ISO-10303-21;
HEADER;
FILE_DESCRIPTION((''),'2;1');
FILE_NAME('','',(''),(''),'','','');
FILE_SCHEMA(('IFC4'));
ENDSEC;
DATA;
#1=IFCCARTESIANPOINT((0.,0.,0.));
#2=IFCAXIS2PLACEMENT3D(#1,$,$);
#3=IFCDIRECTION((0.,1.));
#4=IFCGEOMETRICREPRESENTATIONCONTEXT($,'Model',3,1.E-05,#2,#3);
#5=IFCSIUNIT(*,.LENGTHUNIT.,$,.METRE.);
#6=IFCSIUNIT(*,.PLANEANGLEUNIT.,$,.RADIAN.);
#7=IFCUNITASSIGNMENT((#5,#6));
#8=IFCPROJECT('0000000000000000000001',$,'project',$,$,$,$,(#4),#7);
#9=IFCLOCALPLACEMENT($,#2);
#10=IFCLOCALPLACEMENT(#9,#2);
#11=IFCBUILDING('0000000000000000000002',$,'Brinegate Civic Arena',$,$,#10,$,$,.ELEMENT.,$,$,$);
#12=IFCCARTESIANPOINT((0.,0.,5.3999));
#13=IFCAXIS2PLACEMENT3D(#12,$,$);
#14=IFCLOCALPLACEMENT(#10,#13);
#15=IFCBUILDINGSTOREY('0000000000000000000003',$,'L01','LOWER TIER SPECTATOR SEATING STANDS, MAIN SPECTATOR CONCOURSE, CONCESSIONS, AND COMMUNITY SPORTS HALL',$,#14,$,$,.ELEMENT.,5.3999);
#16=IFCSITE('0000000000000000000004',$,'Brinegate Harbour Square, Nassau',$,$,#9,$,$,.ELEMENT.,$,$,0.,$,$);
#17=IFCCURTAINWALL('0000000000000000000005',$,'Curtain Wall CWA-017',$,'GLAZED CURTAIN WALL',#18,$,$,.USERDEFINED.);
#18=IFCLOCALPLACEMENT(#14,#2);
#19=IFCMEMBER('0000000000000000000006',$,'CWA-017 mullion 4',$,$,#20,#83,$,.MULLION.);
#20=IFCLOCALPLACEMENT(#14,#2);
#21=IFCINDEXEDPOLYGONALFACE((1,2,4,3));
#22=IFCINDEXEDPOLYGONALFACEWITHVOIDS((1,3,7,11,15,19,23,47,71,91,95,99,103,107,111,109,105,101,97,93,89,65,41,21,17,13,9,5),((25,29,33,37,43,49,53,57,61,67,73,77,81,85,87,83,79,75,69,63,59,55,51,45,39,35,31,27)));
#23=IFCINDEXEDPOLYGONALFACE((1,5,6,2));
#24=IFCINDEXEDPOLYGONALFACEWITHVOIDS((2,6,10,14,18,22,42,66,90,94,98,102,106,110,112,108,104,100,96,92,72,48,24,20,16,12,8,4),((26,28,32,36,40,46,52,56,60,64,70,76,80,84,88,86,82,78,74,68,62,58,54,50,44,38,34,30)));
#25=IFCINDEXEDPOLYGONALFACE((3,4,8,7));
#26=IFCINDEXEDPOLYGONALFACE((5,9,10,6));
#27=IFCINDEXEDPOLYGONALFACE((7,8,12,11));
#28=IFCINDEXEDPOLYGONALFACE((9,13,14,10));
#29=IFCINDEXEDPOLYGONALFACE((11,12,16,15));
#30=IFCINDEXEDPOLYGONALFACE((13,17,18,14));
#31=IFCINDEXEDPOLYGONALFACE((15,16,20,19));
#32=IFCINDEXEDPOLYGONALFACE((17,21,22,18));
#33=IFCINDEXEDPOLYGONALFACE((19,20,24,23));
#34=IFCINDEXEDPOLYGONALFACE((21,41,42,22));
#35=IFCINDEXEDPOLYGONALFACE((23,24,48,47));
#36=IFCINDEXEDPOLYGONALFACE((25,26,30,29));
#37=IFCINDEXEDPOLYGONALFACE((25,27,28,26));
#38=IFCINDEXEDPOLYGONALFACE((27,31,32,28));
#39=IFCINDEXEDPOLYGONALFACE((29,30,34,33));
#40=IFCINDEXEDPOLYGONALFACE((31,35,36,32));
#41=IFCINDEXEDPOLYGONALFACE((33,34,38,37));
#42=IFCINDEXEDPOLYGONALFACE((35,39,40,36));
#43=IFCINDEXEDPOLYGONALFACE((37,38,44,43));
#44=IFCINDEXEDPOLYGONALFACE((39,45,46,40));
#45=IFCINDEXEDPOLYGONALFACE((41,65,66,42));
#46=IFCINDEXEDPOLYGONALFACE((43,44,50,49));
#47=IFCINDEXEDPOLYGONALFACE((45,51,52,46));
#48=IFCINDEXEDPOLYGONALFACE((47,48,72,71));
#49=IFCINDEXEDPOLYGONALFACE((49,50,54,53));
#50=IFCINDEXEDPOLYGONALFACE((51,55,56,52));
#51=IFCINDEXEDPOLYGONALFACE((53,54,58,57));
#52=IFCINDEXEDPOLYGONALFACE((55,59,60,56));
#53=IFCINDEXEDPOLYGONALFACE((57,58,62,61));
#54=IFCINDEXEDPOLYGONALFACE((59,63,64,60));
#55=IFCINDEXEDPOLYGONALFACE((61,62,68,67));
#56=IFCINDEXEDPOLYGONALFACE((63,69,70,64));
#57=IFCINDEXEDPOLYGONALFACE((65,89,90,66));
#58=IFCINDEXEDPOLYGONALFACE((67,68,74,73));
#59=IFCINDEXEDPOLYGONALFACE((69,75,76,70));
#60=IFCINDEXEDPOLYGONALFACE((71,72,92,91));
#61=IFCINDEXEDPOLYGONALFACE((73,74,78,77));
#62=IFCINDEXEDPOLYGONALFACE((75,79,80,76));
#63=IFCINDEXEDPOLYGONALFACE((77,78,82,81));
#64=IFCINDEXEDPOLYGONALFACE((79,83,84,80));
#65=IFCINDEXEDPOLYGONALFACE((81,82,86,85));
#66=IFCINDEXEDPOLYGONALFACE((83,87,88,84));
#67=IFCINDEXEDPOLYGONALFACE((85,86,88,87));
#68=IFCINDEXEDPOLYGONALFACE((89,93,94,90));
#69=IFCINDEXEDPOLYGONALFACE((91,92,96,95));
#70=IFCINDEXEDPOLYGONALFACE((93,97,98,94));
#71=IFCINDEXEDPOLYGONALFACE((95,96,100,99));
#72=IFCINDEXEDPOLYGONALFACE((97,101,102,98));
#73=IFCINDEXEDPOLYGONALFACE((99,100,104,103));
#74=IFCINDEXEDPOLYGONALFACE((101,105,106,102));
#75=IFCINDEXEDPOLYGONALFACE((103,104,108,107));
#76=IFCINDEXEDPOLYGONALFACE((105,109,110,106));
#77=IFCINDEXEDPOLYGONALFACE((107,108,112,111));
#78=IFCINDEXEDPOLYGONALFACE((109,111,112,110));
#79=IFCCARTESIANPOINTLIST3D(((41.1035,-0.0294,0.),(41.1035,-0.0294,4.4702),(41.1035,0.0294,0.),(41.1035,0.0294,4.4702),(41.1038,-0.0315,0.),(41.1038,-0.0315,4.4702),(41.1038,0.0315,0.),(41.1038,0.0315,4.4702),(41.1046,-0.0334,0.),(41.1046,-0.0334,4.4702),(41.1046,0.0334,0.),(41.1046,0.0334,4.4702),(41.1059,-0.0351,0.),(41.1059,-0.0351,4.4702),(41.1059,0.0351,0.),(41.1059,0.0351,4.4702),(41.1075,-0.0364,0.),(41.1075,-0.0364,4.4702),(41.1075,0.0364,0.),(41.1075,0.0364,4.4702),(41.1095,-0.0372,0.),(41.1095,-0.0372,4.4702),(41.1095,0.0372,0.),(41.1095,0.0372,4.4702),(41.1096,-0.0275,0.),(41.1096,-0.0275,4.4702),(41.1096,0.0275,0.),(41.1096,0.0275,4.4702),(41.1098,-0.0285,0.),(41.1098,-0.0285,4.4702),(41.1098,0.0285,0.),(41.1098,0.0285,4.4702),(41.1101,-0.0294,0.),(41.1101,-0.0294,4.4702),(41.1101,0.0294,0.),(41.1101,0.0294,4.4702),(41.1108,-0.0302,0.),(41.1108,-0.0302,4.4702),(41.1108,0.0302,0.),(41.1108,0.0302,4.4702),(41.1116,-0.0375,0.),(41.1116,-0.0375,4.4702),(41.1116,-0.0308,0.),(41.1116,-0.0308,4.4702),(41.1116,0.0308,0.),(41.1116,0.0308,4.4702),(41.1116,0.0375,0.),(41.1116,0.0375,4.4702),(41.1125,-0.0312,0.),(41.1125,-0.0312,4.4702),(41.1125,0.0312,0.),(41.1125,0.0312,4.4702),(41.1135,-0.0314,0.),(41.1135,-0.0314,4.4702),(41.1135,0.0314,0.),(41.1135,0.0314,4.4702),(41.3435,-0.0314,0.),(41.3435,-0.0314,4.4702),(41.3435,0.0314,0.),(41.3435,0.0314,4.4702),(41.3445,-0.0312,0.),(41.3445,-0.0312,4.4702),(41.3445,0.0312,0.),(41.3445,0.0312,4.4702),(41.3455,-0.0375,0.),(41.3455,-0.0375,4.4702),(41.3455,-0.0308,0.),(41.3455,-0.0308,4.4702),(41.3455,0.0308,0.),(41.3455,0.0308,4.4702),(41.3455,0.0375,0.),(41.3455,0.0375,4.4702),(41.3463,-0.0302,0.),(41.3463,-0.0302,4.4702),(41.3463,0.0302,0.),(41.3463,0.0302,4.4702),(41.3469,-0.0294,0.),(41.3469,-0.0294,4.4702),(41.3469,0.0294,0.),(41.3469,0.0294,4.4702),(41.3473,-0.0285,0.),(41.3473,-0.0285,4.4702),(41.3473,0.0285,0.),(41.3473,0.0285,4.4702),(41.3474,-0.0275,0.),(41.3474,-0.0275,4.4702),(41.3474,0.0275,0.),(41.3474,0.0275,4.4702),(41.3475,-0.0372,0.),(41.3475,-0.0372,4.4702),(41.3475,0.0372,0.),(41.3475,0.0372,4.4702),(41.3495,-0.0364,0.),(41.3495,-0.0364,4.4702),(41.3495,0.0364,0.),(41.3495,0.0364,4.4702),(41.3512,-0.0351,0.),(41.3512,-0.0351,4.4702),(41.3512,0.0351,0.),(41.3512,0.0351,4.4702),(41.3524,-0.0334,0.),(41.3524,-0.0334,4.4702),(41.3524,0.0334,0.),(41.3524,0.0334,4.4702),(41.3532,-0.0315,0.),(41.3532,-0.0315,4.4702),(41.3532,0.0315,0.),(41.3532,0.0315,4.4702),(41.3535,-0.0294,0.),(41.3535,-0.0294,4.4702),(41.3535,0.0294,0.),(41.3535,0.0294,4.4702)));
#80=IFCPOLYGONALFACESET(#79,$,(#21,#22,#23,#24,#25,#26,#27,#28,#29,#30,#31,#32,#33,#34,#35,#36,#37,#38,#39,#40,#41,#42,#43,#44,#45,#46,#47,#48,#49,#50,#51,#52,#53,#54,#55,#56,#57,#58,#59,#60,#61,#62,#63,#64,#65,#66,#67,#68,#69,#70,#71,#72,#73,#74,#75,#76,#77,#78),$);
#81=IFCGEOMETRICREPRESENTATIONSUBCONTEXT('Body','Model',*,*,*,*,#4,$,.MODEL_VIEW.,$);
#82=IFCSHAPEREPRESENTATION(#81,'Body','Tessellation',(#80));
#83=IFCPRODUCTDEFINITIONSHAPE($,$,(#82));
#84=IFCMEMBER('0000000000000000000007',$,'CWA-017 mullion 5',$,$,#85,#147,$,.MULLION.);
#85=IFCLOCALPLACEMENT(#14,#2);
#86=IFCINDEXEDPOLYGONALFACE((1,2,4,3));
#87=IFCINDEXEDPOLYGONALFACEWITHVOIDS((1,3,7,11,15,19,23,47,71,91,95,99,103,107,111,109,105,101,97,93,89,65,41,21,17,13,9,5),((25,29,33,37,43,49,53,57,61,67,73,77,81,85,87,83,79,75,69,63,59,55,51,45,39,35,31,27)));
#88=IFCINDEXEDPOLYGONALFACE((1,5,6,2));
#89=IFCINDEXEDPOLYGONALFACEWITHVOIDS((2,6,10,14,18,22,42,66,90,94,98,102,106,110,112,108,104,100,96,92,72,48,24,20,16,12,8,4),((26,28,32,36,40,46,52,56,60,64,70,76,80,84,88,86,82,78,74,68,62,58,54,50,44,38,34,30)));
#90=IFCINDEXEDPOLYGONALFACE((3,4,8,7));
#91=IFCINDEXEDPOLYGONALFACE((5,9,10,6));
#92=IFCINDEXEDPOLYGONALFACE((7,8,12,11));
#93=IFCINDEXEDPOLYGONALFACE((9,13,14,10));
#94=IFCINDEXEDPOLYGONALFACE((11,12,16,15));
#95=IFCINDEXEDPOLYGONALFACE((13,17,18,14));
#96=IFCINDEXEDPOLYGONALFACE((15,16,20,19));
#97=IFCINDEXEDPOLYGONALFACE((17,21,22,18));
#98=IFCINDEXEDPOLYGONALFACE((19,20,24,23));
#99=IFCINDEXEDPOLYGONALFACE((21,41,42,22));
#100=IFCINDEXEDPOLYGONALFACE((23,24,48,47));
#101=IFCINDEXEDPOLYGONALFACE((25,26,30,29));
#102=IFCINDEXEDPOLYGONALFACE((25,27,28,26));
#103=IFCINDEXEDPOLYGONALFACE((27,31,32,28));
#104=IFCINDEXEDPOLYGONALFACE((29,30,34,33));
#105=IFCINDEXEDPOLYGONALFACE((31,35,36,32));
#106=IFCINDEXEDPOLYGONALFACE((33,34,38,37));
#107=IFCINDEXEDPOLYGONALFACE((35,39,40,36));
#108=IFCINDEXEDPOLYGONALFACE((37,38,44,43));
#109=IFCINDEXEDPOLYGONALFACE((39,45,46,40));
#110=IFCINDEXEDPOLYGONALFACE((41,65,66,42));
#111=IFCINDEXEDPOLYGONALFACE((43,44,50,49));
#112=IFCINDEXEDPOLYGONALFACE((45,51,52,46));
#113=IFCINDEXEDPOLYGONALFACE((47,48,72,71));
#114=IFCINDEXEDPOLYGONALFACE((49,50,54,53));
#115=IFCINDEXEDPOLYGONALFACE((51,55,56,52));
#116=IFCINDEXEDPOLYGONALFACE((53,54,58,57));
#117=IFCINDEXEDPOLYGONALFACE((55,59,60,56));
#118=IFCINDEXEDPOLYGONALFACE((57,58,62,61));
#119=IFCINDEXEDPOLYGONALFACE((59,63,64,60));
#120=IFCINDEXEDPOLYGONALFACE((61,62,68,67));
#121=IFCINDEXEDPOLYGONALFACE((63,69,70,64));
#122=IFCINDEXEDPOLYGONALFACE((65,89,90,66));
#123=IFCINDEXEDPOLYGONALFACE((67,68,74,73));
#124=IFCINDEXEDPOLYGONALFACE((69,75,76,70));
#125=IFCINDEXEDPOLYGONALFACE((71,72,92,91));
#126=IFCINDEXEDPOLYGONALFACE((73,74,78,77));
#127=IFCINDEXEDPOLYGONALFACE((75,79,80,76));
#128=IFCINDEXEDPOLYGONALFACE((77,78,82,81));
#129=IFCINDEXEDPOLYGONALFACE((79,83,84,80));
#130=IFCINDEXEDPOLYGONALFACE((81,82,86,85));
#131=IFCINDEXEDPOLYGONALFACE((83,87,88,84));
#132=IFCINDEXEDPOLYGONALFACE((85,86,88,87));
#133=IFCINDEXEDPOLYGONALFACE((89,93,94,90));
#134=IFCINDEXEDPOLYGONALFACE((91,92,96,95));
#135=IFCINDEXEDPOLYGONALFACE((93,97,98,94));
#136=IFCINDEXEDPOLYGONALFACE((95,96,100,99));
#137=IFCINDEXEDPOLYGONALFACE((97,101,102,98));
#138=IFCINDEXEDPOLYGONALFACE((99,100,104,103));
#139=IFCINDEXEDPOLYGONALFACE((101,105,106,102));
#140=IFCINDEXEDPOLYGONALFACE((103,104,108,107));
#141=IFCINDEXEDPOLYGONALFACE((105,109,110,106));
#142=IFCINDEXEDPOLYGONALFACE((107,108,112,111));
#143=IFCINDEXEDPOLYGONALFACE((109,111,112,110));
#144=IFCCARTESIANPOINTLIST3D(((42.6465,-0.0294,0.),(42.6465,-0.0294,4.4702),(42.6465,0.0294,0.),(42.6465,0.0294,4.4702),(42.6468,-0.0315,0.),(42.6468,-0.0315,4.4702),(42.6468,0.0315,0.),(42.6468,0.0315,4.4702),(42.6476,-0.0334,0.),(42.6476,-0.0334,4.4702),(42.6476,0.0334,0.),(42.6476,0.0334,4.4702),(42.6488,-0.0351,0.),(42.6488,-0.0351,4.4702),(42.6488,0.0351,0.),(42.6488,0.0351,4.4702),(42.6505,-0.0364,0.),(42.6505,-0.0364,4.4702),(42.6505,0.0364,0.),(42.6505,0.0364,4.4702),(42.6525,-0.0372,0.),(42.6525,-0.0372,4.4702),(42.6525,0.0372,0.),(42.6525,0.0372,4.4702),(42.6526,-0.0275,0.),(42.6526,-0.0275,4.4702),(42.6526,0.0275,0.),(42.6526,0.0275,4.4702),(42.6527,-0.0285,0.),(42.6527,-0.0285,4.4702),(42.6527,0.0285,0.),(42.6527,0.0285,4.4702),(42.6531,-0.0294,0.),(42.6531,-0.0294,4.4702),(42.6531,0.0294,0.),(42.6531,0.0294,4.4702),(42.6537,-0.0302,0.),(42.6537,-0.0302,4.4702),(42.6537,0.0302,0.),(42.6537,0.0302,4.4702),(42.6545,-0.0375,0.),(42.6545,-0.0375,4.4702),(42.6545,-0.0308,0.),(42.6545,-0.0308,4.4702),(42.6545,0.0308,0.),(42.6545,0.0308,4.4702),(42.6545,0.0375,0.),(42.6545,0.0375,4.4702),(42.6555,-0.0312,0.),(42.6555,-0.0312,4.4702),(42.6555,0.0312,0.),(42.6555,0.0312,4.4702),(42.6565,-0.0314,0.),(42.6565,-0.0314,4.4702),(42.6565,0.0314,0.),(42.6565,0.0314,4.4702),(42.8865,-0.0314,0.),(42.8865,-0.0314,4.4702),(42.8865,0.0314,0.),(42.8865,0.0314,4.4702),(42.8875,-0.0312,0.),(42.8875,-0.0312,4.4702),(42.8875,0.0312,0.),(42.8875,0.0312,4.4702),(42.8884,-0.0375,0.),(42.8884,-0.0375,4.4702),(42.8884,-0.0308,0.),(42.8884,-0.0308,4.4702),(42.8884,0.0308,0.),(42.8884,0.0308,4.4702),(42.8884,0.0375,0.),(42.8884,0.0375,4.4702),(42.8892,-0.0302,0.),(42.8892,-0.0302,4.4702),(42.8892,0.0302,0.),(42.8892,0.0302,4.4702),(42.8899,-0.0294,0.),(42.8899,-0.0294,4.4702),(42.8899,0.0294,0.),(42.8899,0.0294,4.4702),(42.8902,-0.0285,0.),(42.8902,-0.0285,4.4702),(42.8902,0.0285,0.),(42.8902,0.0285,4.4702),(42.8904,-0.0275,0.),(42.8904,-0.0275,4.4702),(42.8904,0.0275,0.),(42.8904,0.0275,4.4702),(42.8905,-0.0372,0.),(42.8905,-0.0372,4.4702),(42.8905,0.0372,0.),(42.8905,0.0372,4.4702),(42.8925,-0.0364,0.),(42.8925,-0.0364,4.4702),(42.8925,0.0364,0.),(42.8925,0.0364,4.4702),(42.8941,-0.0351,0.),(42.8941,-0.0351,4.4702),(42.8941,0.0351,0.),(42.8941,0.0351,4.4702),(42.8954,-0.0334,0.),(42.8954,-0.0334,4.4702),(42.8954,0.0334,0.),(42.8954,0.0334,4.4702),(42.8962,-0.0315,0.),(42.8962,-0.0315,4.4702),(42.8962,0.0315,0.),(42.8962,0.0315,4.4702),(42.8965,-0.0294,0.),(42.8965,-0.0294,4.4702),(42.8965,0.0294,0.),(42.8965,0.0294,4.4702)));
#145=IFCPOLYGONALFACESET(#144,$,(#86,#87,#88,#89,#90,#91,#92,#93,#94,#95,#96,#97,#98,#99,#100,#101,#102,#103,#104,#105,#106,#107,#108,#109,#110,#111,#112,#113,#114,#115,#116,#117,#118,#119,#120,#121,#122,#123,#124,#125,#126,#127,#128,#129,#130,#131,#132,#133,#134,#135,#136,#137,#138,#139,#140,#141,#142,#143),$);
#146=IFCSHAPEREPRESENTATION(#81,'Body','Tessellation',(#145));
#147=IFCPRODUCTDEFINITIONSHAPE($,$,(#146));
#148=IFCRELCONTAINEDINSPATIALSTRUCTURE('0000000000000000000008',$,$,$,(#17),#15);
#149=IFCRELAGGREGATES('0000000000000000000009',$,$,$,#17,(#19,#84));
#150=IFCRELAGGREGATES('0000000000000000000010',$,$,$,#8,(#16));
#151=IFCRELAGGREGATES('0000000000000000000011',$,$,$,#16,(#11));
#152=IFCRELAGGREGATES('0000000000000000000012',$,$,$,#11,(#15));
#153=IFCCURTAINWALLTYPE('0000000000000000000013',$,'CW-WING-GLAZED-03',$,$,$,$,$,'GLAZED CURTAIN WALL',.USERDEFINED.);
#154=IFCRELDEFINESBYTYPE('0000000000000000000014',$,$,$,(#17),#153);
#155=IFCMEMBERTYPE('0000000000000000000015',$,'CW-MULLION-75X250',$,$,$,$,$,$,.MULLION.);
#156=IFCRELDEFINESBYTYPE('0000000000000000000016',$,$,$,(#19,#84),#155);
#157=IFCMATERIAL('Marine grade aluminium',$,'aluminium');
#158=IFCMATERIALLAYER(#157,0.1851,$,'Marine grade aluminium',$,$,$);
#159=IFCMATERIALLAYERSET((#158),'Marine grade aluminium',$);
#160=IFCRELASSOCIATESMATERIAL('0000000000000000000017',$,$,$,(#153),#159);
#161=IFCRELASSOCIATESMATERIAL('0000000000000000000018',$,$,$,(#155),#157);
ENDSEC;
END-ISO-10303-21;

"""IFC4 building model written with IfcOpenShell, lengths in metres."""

from ifc_helpers import new_model, si_unit, direction, frame, origin, origin_2d, place, context, subcontext, project, spatial, hollow_rectangle, extrude, material, layer, layer_set, material_profile, profile_set, type_object, element, aggregate, save


model = new_model("IFC4")

# Units and contexts
model_context = context("Model", 3, precision=1e-05, world=origin(), true_north=direction((0.0, 1.0)))
body_context = subcontext(model_context, "Body", "Model", "MODEL_VIEW")
ifc_project = project(units=[si_unit("LENGTHUNIT", "METRE"), si_unit("PLANEANGLEUNIT", "RADIAN")], contexts=[model_context])

# Site, building, storey
site_placement = place(None, origin())
site = spatial("IfcSite", under=ifc_project, at=site_placement, Name="Brinegate Harbour Square, Nassau", CompositionType="ELEMENT", RefElevation=0.0)
building_placement = place(site_placement, origin())
building = spatial("IfcBuilding", under=site, at=building_placement, Name="Brinegate Civic Arena", CompositionType="ELEMENT")
storey_placement = place(building_placement, frame((0.0, 0.0, 5.3999)))
storey = spatial("IfcBuildingStorey", under=building, at=storey_placement, Name="L01", Description="LOWER TIER SPECTATOR SEATING STANDS, MAIN SPECTATOR CONCOURSE, CONCESSIONS, AND COMMUNITY SPORTS HALL", CompositionType="ELEMENT", Elevation=5.3999)

# Curtain wall, members
ifc_material_1 = material(Name="Marine grade aluminium", Category="aluminium")
ifc_layer_1 = layer(ifc_material_1, 0.1851, Name="Marine grade aluminium")
ifc_layer_set_1 = layer_set([ifc_layer_1], Name="Marine grade aluminium")
curtain_wall_type = type_object("IfcCurtainWallType", Name="CW-WING-GLAZED-03", ElementType="GLAZED CURTAIN WALL", PredefinedType="USERDEFINED", material=ifc_layer_set_1)
curtain_wall_placement = place(storey_placement, origin())
curtain_wall = element("IfcCurtainWall", 1, at=curtain_wall_placement, inside=storey, type_object=curtain_wall_type, Name="Curtain Wall CWA-017", ObjectType="GLAZED CURTAIN WALL", PredefinedType="USERDEFINED")
ifc_material_profile_1 = material_profile(ifc_material_1, hollow_rectangle(XDim=0.075, YDim=0.25, WallThickness=0.0061, InnerFilletRadius=0.0039, OuterFilletRadius=0.0081, at=origin_2d()), Name="MUL75X250")
ifc_profile_set_1 = profile_set([ifc_material_profile_1], Name="Marine grade aluminium")
member_type_1 = type_object("IfcMemberType", Name="CW-MULLION-75X250", PredefinedType="MULLION", material=ifc_profile_set_1)
member_1_placement = place(storey_placement, frame((41.2285, 0.0, 0.0), z_axis=(0.0, 0.0, 1.0), x_axis=(0.0, 1.0, 0.0)))
member_1 = element("IfcMember", 2, at=member_1_placement, type_object=member_type_1, Name="CWA-017 mullion 4", PredefinedType="MULLION", context=body_context, shape_type="SweptSolid", body=[
    extrude(hollow_rectangle(XDim=0.075, YDim=0.25, WallThickness=0.0061, InnerFilletRadius=0.0039, OuterFilletRadius=0.0081, at=origin_2d()), origin(), (0.0, 0.0, 1.0), 4.4702),
])
member_2_placement = place(storey_placement, frame((42.7715, 0.0, 0.0), z_axis=(0.0, 0.0, 1.0), x_axis=(0.0, 1.0, 0.0)))
member_2 = element("IfcMember", 3, at=member_2_placement, type_object=member_type_1, Name="CWA-017 mullion 5", PredefinedType="MULLION", context=body_context, shape_type="SweptSolid", body=[
    extrude(hollow_rectangle(XDim=0.075, YDim=0.25, WallThickness=0.0061, InnerFilletRadius=0.0039, OuterFilletRadius=0.0081, at=origin_2d()), origin(), (0.0, 0.0, 1.0), 4.4702),
])
aggregate(curtain_wall, [member_1, member_2])

save(model, "model.ifc")
